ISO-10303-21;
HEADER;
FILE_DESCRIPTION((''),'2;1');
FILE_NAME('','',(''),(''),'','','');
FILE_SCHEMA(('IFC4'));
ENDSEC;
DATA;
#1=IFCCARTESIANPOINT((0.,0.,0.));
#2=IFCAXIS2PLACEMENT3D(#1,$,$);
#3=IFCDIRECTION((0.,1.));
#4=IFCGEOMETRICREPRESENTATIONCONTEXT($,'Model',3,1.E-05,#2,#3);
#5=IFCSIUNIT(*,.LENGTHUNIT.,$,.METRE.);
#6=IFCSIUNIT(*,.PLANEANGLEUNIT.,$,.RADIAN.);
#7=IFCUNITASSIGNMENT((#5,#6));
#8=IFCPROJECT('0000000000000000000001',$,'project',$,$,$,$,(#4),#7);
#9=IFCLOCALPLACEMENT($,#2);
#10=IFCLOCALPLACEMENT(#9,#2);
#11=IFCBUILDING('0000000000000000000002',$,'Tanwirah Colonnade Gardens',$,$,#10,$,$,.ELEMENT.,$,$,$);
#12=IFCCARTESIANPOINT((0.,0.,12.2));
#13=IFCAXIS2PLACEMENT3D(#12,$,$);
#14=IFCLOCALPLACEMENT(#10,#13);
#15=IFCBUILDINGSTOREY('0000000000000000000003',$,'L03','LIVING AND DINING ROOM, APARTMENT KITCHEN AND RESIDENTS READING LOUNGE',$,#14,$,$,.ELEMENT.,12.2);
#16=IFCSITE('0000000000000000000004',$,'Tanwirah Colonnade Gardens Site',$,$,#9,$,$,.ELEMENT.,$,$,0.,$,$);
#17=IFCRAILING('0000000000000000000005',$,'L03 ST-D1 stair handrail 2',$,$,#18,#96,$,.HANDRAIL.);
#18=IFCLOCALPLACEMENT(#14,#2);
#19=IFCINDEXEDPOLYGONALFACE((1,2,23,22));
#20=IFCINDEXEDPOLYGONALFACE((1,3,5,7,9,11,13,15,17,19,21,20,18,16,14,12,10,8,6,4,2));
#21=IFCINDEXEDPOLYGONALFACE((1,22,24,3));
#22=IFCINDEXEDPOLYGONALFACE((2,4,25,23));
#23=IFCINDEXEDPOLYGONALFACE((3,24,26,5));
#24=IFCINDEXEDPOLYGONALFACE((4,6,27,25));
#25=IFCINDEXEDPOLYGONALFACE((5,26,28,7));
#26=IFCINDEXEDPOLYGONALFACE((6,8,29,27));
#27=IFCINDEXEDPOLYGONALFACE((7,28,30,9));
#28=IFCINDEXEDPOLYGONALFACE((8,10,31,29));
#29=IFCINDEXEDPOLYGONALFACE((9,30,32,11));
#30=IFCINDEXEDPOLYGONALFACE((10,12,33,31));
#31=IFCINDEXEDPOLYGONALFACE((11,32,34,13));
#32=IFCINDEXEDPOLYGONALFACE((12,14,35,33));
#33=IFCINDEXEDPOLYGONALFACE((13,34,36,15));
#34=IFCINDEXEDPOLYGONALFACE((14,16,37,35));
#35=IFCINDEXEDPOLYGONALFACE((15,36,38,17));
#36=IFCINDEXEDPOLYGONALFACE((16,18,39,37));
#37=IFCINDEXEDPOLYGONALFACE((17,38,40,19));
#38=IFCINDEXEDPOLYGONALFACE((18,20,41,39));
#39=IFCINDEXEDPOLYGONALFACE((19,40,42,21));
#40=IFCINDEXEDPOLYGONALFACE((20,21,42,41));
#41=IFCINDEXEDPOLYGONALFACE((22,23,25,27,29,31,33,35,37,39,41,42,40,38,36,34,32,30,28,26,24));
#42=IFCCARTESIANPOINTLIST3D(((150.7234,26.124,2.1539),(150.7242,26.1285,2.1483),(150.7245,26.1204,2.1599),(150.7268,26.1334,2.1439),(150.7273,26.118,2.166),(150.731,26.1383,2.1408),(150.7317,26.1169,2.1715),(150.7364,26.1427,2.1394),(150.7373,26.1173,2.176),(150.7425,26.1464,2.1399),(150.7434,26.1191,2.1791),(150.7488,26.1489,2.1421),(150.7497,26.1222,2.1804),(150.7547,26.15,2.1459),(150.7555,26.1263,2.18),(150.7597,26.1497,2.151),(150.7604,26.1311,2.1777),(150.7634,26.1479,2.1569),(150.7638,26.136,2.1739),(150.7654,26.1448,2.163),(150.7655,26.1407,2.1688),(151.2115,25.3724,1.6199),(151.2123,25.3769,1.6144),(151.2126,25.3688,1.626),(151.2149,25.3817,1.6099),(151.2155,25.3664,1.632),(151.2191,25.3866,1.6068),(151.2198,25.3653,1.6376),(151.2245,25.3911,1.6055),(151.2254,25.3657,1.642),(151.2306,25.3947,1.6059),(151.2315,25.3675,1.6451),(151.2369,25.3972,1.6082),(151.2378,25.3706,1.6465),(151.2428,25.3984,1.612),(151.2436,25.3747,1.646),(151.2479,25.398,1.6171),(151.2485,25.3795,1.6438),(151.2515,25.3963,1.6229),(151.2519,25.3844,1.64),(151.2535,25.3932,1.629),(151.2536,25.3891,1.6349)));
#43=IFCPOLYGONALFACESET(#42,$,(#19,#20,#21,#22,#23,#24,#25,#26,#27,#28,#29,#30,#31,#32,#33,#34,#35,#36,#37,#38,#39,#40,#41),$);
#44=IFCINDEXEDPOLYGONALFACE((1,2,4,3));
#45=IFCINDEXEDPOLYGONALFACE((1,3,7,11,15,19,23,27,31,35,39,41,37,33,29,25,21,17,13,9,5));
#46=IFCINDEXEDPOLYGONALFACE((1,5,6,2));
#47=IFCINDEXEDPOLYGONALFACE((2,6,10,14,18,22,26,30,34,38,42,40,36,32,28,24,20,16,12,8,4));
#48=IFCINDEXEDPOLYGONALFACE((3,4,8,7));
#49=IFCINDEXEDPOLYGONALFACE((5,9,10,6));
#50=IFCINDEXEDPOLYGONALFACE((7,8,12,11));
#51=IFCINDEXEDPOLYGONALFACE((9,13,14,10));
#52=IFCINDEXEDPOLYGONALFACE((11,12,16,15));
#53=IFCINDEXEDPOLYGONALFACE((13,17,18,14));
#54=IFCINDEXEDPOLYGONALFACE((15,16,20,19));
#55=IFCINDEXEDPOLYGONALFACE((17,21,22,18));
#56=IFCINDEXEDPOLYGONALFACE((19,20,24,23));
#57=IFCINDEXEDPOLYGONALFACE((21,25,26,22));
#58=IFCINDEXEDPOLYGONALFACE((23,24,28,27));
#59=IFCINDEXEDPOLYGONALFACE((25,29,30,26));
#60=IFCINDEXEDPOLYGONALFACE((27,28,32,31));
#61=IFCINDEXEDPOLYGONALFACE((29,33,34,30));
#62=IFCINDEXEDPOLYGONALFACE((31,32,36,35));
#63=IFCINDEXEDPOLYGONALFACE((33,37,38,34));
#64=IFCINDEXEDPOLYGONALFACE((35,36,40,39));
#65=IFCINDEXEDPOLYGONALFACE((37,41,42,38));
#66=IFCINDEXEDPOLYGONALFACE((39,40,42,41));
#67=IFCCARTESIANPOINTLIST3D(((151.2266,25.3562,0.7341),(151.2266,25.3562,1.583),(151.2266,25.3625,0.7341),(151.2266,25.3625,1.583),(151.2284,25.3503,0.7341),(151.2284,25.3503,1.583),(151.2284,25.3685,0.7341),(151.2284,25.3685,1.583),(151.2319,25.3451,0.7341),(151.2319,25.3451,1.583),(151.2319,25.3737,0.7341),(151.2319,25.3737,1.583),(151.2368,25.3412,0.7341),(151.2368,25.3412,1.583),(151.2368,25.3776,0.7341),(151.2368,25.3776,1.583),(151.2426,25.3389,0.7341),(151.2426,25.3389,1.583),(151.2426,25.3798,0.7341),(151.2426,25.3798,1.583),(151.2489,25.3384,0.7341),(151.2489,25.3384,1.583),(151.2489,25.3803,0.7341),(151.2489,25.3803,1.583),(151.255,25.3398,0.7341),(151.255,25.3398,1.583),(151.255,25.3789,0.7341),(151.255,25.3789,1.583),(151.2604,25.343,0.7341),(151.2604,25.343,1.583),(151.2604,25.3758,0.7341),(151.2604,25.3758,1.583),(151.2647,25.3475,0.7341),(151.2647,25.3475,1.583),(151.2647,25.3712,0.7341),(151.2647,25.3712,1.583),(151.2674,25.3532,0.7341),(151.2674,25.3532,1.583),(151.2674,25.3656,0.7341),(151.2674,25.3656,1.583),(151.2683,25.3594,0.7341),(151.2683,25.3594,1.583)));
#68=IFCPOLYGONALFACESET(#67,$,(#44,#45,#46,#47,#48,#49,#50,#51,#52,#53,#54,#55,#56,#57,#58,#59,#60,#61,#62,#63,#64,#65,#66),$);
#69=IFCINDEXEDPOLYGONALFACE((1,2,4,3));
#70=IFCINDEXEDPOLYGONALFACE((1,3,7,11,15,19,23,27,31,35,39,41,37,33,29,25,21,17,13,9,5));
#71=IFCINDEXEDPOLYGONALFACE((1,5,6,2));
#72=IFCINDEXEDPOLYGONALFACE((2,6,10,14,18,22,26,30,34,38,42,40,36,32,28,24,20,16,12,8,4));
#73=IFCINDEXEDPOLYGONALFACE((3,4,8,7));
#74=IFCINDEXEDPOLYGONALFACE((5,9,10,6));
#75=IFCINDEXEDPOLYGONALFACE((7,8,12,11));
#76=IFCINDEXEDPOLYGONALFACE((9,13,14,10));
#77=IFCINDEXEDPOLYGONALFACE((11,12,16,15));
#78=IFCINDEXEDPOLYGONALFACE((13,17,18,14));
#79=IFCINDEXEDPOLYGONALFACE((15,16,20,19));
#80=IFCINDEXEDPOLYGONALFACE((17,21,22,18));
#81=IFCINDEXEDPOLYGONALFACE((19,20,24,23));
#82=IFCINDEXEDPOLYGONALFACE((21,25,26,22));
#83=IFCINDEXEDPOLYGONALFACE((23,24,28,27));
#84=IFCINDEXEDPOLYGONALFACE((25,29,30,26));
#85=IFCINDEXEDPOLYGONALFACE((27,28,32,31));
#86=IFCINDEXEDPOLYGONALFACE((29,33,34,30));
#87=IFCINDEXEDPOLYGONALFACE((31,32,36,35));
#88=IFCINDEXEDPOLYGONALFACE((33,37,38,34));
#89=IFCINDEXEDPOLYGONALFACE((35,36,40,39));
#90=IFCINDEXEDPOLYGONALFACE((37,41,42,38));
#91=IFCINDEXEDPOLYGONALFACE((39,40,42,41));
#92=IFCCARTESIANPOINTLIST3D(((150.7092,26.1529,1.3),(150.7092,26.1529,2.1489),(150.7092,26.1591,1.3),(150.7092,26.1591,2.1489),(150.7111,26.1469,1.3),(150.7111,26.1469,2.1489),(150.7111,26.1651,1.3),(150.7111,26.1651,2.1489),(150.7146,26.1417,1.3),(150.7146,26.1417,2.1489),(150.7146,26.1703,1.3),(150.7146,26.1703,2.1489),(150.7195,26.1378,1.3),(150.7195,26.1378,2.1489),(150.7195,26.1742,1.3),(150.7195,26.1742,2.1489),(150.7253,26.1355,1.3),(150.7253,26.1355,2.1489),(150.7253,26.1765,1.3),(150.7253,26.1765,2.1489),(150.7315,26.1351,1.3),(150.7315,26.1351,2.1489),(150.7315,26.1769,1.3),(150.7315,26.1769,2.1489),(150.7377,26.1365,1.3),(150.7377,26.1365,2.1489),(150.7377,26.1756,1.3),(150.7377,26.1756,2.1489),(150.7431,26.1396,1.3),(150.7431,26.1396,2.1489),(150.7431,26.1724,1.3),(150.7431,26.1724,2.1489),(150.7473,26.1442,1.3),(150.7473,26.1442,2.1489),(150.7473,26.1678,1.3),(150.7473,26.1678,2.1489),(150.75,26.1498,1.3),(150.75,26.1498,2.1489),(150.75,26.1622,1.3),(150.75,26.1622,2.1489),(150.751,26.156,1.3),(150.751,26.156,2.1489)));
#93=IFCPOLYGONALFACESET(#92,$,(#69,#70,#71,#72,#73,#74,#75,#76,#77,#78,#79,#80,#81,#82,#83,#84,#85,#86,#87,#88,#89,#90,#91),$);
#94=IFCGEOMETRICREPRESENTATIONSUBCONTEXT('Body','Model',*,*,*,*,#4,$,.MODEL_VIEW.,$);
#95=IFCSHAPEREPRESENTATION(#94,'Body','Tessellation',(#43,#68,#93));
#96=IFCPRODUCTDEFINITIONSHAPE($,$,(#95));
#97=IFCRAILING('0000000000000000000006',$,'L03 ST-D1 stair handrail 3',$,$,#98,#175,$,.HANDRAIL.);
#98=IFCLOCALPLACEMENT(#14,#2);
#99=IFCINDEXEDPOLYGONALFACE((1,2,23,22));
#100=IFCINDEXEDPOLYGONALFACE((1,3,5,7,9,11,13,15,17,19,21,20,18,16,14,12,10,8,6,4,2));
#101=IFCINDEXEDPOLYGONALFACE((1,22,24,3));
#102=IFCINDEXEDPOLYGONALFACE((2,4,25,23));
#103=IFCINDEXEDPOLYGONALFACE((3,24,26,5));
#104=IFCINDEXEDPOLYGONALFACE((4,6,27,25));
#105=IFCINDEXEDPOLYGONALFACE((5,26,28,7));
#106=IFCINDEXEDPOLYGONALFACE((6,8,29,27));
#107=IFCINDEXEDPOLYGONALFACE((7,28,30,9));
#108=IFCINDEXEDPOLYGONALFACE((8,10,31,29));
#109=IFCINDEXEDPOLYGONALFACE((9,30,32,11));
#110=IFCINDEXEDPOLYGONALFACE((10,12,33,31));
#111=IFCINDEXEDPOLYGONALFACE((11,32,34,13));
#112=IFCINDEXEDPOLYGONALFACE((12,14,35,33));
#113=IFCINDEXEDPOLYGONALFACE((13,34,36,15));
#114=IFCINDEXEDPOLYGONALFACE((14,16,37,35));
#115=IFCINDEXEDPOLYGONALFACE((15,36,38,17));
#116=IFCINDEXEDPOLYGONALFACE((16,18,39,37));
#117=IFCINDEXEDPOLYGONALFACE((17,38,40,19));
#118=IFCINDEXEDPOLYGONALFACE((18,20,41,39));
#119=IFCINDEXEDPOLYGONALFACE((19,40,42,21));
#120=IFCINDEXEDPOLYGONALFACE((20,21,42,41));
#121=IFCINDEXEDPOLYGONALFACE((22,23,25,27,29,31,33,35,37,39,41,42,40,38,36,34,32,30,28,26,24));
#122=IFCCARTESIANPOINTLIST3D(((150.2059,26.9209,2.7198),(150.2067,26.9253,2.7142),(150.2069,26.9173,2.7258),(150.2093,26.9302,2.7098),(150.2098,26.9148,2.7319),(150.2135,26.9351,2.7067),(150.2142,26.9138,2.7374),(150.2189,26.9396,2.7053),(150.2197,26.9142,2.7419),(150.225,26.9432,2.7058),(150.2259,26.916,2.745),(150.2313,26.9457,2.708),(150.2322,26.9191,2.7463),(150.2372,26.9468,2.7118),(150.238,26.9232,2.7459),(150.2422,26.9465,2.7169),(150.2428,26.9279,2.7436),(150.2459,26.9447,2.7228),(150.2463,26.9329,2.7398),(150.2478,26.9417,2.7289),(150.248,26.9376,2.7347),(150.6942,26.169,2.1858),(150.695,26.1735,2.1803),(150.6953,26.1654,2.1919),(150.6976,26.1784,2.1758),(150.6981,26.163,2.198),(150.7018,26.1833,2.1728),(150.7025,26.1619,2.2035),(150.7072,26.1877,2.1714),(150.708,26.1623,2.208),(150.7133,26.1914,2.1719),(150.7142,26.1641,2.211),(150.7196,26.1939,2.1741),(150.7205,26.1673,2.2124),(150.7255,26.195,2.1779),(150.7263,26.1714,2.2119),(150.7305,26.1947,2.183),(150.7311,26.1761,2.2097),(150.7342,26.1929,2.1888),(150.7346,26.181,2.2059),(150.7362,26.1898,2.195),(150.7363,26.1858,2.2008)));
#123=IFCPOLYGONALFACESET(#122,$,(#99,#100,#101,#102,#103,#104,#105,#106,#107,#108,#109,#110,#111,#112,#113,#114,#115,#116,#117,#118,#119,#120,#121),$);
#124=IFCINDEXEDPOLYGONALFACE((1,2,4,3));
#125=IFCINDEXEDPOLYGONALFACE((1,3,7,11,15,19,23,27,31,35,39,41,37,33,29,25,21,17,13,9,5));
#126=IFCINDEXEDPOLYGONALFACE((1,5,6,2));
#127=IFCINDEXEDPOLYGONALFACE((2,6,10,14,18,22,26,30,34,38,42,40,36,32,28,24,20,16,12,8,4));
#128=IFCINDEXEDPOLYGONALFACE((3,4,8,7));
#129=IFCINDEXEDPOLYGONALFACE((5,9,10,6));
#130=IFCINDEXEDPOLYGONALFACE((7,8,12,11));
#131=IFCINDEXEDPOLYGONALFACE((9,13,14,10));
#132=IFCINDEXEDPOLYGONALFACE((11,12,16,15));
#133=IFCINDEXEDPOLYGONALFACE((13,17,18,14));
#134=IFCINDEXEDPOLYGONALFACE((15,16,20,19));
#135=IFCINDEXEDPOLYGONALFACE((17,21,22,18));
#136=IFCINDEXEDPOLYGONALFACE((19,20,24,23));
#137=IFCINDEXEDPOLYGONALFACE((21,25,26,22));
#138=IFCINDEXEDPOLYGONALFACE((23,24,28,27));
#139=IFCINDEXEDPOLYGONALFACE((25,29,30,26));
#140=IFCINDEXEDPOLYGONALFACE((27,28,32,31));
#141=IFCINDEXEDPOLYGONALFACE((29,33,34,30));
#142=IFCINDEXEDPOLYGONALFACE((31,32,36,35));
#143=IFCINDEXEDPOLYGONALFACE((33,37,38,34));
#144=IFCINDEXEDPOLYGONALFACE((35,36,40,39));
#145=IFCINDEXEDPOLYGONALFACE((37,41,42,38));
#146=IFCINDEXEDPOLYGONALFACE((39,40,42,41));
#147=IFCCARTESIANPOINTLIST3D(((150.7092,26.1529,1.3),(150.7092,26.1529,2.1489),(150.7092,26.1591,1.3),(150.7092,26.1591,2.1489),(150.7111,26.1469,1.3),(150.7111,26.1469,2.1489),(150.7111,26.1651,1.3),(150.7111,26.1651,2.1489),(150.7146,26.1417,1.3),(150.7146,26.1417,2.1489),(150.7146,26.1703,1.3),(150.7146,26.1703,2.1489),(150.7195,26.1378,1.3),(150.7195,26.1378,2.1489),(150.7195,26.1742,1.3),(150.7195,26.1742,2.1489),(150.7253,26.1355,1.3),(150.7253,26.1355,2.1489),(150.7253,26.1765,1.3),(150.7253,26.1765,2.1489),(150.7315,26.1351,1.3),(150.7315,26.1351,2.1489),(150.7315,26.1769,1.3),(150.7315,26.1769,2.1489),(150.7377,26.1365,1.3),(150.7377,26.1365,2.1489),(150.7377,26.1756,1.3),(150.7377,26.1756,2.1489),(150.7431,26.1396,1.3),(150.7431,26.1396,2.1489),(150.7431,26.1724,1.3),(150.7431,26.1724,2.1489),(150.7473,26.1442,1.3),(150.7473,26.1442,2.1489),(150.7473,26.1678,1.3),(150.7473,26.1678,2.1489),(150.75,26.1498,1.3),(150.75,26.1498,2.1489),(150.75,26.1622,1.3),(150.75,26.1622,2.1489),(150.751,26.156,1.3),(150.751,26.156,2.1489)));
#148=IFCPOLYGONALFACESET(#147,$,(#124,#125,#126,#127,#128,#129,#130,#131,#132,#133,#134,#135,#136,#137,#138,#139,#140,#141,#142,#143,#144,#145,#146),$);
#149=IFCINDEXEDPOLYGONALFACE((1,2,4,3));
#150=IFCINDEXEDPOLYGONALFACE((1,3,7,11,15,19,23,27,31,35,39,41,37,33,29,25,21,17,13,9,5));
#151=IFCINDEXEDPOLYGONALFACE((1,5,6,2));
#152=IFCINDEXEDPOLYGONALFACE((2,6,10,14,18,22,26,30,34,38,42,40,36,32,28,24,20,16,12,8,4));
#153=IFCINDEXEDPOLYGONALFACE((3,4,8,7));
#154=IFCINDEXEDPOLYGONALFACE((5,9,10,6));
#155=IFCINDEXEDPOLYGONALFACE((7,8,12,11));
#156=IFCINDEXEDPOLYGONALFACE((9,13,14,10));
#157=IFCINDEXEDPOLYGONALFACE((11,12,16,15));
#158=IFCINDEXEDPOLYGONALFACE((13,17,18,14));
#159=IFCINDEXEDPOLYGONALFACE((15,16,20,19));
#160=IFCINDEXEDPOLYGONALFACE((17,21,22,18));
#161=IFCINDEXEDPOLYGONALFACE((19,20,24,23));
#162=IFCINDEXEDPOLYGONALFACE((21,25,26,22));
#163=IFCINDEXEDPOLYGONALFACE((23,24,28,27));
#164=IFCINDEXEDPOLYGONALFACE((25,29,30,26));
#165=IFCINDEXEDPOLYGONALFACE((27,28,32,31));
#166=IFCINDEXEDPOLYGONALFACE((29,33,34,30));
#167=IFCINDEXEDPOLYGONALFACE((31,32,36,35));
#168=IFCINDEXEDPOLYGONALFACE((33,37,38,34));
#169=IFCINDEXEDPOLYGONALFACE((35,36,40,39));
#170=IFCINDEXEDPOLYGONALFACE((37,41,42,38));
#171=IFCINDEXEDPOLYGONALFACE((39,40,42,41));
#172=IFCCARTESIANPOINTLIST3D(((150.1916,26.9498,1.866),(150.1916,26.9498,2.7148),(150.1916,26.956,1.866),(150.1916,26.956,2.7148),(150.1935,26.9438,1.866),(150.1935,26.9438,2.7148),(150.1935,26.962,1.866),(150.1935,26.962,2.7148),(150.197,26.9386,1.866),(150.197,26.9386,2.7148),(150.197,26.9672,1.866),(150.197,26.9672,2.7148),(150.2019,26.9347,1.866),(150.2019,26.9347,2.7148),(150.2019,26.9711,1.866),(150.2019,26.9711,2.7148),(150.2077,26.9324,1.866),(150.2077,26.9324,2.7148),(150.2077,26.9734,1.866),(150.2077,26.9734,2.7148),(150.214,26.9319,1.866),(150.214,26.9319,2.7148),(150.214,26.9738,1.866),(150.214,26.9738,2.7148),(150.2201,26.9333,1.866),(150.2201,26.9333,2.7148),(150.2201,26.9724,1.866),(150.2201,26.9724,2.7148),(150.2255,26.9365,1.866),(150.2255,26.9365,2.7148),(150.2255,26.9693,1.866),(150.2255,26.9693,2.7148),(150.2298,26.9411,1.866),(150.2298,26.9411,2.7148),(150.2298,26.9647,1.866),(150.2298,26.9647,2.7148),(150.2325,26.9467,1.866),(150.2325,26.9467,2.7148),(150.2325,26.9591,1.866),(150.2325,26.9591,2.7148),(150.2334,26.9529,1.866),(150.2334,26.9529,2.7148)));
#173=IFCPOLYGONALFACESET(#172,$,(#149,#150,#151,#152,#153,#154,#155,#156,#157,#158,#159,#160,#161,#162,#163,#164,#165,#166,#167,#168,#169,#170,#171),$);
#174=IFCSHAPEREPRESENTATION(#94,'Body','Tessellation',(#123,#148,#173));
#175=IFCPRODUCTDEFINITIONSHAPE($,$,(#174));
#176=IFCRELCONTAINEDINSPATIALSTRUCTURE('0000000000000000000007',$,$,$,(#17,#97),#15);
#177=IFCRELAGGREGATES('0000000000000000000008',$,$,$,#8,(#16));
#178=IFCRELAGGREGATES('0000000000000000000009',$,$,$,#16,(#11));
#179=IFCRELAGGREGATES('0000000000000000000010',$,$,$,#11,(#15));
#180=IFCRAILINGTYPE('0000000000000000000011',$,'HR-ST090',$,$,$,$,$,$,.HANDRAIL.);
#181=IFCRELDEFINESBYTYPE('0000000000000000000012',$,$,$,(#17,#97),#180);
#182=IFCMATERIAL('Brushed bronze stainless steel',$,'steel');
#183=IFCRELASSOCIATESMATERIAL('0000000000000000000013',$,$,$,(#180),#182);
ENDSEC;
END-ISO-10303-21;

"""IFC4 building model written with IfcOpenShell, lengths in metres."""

from ifc_helpers import new_model, si_unit, direction, frame, origin, origin_2d, place, context, subcontext, project, spatial, circle, extrude, material, type_object, element, save


model = new_model("IFC4")

# Units and contexts
model_context = context("Model", 3, precision=1e-05, world=origin(), true_north=direction((0.0, 1.0)))
body_context = subcontext(model_context, "Body", "Model", "MODEL_VIEW")
ifc_project = project(units=[si_unit("LENGTHUNIT", "METRE"), si_unit("PLANEANGLEUNIT", "RADIAN")], contexts=[model_context])

# Site, building, storey
site_placement = place(None, origin())
site = spatial("IfcSite", under=ifc_project, at=site_placement, Name="Tanwirah Colonnade Gardens Site", CompositionType="ELEMENT", RefElevation=0.0)
building_placement = place(site_placement, origin())
building = spatial("IfcBuilding", under=site, at=building_placement, Name="Tanwirah Colonnade Gardens", CompositionType="ELEMENT")
storey_placement = place(building_placement, frame((0.0, 0.0, 12.2)))
storey = spatial("IfcBuildingStorey", under=building, at=storey_placement, Name="L03", Description="LIVING AND DINING ROOM, APARTMENT KITCHEN AND RESIDENTS READING LOUNGE", CompositionType="ELEMENT", Elevation=12.2)

# Railings
ifc_material_1 = material(Name="Brushed bronze stainless steel", Category="steel")
railing_type_1 = type_object("IfcRailingType", Name="HR-ST090", PredefinedType="HANDRAIL", material=ifc_material_1)
railing_1_placement = place(storey_placement, frame((151.2473, 25.3594, 0.7341)))
element("IfcRailing", 1, at=railing_1_placement, inside=storey, type_object=railing_type_1, Name="L03 ST-D1 stair handrail 2", PredefinedType="HANDRAIL", context=body_context, shape_type="SweptSolid", body=[
    extrude(circle(Radius=0.0239, at=origin_2d()), frame((-0.0146, 0.0225, 0.8918), z_axis=(-0.46789, 0.720492, 0.51183), x_axis=(-0.838673, -0.544636, 0.0)), (0.0, 0.0, 1.0), 1.0432),
    extrude(circle(Radius=0.021, at=origin_2d()), origin(), (0.0, 0.0, 1.0), 0.8489),
    extrude(circle(Radius=0.021, at=origin_2d()), frame((-0.5173, 0.7966, 0.5659)), (0.0, 0.0, 1.0), 0.8489),
])
railing_2_placement = place(storey_placement, frame((150.73, 26.156, 1.3)))
element("IfcRailing", 2, at=railing_2_placement, inside=storey, type_object=railing_type_1, Name="L03 ST-D1 stair handrail 3", PredefinedType="HANDRAIL", context=body_context, shape_type="SweptSolid", body=[
    extrude(circle(Radius=0.0239, at=origin_2d()), frame((-0.0146, 0.0225, 0.8918), z_axis=(-0.467988, 0.720524, 0.511696), x_axis=(-0.838631, -0.544699, 0.0)), (0.0, 0.0, 1.0), 1.0435),
    extrude(circle(Radius=0.021, at=origin_2d()), origin(), (0.0, 0.0, 1.0), 0.8489),
    extrude(circle(Radius=0.021, at=origin_2d()), frame((-0.5176, 0.7969, 0.5659)), (0.0, 0.0, 1.0), 0.8489),
])

save(model, "model.ifc")
